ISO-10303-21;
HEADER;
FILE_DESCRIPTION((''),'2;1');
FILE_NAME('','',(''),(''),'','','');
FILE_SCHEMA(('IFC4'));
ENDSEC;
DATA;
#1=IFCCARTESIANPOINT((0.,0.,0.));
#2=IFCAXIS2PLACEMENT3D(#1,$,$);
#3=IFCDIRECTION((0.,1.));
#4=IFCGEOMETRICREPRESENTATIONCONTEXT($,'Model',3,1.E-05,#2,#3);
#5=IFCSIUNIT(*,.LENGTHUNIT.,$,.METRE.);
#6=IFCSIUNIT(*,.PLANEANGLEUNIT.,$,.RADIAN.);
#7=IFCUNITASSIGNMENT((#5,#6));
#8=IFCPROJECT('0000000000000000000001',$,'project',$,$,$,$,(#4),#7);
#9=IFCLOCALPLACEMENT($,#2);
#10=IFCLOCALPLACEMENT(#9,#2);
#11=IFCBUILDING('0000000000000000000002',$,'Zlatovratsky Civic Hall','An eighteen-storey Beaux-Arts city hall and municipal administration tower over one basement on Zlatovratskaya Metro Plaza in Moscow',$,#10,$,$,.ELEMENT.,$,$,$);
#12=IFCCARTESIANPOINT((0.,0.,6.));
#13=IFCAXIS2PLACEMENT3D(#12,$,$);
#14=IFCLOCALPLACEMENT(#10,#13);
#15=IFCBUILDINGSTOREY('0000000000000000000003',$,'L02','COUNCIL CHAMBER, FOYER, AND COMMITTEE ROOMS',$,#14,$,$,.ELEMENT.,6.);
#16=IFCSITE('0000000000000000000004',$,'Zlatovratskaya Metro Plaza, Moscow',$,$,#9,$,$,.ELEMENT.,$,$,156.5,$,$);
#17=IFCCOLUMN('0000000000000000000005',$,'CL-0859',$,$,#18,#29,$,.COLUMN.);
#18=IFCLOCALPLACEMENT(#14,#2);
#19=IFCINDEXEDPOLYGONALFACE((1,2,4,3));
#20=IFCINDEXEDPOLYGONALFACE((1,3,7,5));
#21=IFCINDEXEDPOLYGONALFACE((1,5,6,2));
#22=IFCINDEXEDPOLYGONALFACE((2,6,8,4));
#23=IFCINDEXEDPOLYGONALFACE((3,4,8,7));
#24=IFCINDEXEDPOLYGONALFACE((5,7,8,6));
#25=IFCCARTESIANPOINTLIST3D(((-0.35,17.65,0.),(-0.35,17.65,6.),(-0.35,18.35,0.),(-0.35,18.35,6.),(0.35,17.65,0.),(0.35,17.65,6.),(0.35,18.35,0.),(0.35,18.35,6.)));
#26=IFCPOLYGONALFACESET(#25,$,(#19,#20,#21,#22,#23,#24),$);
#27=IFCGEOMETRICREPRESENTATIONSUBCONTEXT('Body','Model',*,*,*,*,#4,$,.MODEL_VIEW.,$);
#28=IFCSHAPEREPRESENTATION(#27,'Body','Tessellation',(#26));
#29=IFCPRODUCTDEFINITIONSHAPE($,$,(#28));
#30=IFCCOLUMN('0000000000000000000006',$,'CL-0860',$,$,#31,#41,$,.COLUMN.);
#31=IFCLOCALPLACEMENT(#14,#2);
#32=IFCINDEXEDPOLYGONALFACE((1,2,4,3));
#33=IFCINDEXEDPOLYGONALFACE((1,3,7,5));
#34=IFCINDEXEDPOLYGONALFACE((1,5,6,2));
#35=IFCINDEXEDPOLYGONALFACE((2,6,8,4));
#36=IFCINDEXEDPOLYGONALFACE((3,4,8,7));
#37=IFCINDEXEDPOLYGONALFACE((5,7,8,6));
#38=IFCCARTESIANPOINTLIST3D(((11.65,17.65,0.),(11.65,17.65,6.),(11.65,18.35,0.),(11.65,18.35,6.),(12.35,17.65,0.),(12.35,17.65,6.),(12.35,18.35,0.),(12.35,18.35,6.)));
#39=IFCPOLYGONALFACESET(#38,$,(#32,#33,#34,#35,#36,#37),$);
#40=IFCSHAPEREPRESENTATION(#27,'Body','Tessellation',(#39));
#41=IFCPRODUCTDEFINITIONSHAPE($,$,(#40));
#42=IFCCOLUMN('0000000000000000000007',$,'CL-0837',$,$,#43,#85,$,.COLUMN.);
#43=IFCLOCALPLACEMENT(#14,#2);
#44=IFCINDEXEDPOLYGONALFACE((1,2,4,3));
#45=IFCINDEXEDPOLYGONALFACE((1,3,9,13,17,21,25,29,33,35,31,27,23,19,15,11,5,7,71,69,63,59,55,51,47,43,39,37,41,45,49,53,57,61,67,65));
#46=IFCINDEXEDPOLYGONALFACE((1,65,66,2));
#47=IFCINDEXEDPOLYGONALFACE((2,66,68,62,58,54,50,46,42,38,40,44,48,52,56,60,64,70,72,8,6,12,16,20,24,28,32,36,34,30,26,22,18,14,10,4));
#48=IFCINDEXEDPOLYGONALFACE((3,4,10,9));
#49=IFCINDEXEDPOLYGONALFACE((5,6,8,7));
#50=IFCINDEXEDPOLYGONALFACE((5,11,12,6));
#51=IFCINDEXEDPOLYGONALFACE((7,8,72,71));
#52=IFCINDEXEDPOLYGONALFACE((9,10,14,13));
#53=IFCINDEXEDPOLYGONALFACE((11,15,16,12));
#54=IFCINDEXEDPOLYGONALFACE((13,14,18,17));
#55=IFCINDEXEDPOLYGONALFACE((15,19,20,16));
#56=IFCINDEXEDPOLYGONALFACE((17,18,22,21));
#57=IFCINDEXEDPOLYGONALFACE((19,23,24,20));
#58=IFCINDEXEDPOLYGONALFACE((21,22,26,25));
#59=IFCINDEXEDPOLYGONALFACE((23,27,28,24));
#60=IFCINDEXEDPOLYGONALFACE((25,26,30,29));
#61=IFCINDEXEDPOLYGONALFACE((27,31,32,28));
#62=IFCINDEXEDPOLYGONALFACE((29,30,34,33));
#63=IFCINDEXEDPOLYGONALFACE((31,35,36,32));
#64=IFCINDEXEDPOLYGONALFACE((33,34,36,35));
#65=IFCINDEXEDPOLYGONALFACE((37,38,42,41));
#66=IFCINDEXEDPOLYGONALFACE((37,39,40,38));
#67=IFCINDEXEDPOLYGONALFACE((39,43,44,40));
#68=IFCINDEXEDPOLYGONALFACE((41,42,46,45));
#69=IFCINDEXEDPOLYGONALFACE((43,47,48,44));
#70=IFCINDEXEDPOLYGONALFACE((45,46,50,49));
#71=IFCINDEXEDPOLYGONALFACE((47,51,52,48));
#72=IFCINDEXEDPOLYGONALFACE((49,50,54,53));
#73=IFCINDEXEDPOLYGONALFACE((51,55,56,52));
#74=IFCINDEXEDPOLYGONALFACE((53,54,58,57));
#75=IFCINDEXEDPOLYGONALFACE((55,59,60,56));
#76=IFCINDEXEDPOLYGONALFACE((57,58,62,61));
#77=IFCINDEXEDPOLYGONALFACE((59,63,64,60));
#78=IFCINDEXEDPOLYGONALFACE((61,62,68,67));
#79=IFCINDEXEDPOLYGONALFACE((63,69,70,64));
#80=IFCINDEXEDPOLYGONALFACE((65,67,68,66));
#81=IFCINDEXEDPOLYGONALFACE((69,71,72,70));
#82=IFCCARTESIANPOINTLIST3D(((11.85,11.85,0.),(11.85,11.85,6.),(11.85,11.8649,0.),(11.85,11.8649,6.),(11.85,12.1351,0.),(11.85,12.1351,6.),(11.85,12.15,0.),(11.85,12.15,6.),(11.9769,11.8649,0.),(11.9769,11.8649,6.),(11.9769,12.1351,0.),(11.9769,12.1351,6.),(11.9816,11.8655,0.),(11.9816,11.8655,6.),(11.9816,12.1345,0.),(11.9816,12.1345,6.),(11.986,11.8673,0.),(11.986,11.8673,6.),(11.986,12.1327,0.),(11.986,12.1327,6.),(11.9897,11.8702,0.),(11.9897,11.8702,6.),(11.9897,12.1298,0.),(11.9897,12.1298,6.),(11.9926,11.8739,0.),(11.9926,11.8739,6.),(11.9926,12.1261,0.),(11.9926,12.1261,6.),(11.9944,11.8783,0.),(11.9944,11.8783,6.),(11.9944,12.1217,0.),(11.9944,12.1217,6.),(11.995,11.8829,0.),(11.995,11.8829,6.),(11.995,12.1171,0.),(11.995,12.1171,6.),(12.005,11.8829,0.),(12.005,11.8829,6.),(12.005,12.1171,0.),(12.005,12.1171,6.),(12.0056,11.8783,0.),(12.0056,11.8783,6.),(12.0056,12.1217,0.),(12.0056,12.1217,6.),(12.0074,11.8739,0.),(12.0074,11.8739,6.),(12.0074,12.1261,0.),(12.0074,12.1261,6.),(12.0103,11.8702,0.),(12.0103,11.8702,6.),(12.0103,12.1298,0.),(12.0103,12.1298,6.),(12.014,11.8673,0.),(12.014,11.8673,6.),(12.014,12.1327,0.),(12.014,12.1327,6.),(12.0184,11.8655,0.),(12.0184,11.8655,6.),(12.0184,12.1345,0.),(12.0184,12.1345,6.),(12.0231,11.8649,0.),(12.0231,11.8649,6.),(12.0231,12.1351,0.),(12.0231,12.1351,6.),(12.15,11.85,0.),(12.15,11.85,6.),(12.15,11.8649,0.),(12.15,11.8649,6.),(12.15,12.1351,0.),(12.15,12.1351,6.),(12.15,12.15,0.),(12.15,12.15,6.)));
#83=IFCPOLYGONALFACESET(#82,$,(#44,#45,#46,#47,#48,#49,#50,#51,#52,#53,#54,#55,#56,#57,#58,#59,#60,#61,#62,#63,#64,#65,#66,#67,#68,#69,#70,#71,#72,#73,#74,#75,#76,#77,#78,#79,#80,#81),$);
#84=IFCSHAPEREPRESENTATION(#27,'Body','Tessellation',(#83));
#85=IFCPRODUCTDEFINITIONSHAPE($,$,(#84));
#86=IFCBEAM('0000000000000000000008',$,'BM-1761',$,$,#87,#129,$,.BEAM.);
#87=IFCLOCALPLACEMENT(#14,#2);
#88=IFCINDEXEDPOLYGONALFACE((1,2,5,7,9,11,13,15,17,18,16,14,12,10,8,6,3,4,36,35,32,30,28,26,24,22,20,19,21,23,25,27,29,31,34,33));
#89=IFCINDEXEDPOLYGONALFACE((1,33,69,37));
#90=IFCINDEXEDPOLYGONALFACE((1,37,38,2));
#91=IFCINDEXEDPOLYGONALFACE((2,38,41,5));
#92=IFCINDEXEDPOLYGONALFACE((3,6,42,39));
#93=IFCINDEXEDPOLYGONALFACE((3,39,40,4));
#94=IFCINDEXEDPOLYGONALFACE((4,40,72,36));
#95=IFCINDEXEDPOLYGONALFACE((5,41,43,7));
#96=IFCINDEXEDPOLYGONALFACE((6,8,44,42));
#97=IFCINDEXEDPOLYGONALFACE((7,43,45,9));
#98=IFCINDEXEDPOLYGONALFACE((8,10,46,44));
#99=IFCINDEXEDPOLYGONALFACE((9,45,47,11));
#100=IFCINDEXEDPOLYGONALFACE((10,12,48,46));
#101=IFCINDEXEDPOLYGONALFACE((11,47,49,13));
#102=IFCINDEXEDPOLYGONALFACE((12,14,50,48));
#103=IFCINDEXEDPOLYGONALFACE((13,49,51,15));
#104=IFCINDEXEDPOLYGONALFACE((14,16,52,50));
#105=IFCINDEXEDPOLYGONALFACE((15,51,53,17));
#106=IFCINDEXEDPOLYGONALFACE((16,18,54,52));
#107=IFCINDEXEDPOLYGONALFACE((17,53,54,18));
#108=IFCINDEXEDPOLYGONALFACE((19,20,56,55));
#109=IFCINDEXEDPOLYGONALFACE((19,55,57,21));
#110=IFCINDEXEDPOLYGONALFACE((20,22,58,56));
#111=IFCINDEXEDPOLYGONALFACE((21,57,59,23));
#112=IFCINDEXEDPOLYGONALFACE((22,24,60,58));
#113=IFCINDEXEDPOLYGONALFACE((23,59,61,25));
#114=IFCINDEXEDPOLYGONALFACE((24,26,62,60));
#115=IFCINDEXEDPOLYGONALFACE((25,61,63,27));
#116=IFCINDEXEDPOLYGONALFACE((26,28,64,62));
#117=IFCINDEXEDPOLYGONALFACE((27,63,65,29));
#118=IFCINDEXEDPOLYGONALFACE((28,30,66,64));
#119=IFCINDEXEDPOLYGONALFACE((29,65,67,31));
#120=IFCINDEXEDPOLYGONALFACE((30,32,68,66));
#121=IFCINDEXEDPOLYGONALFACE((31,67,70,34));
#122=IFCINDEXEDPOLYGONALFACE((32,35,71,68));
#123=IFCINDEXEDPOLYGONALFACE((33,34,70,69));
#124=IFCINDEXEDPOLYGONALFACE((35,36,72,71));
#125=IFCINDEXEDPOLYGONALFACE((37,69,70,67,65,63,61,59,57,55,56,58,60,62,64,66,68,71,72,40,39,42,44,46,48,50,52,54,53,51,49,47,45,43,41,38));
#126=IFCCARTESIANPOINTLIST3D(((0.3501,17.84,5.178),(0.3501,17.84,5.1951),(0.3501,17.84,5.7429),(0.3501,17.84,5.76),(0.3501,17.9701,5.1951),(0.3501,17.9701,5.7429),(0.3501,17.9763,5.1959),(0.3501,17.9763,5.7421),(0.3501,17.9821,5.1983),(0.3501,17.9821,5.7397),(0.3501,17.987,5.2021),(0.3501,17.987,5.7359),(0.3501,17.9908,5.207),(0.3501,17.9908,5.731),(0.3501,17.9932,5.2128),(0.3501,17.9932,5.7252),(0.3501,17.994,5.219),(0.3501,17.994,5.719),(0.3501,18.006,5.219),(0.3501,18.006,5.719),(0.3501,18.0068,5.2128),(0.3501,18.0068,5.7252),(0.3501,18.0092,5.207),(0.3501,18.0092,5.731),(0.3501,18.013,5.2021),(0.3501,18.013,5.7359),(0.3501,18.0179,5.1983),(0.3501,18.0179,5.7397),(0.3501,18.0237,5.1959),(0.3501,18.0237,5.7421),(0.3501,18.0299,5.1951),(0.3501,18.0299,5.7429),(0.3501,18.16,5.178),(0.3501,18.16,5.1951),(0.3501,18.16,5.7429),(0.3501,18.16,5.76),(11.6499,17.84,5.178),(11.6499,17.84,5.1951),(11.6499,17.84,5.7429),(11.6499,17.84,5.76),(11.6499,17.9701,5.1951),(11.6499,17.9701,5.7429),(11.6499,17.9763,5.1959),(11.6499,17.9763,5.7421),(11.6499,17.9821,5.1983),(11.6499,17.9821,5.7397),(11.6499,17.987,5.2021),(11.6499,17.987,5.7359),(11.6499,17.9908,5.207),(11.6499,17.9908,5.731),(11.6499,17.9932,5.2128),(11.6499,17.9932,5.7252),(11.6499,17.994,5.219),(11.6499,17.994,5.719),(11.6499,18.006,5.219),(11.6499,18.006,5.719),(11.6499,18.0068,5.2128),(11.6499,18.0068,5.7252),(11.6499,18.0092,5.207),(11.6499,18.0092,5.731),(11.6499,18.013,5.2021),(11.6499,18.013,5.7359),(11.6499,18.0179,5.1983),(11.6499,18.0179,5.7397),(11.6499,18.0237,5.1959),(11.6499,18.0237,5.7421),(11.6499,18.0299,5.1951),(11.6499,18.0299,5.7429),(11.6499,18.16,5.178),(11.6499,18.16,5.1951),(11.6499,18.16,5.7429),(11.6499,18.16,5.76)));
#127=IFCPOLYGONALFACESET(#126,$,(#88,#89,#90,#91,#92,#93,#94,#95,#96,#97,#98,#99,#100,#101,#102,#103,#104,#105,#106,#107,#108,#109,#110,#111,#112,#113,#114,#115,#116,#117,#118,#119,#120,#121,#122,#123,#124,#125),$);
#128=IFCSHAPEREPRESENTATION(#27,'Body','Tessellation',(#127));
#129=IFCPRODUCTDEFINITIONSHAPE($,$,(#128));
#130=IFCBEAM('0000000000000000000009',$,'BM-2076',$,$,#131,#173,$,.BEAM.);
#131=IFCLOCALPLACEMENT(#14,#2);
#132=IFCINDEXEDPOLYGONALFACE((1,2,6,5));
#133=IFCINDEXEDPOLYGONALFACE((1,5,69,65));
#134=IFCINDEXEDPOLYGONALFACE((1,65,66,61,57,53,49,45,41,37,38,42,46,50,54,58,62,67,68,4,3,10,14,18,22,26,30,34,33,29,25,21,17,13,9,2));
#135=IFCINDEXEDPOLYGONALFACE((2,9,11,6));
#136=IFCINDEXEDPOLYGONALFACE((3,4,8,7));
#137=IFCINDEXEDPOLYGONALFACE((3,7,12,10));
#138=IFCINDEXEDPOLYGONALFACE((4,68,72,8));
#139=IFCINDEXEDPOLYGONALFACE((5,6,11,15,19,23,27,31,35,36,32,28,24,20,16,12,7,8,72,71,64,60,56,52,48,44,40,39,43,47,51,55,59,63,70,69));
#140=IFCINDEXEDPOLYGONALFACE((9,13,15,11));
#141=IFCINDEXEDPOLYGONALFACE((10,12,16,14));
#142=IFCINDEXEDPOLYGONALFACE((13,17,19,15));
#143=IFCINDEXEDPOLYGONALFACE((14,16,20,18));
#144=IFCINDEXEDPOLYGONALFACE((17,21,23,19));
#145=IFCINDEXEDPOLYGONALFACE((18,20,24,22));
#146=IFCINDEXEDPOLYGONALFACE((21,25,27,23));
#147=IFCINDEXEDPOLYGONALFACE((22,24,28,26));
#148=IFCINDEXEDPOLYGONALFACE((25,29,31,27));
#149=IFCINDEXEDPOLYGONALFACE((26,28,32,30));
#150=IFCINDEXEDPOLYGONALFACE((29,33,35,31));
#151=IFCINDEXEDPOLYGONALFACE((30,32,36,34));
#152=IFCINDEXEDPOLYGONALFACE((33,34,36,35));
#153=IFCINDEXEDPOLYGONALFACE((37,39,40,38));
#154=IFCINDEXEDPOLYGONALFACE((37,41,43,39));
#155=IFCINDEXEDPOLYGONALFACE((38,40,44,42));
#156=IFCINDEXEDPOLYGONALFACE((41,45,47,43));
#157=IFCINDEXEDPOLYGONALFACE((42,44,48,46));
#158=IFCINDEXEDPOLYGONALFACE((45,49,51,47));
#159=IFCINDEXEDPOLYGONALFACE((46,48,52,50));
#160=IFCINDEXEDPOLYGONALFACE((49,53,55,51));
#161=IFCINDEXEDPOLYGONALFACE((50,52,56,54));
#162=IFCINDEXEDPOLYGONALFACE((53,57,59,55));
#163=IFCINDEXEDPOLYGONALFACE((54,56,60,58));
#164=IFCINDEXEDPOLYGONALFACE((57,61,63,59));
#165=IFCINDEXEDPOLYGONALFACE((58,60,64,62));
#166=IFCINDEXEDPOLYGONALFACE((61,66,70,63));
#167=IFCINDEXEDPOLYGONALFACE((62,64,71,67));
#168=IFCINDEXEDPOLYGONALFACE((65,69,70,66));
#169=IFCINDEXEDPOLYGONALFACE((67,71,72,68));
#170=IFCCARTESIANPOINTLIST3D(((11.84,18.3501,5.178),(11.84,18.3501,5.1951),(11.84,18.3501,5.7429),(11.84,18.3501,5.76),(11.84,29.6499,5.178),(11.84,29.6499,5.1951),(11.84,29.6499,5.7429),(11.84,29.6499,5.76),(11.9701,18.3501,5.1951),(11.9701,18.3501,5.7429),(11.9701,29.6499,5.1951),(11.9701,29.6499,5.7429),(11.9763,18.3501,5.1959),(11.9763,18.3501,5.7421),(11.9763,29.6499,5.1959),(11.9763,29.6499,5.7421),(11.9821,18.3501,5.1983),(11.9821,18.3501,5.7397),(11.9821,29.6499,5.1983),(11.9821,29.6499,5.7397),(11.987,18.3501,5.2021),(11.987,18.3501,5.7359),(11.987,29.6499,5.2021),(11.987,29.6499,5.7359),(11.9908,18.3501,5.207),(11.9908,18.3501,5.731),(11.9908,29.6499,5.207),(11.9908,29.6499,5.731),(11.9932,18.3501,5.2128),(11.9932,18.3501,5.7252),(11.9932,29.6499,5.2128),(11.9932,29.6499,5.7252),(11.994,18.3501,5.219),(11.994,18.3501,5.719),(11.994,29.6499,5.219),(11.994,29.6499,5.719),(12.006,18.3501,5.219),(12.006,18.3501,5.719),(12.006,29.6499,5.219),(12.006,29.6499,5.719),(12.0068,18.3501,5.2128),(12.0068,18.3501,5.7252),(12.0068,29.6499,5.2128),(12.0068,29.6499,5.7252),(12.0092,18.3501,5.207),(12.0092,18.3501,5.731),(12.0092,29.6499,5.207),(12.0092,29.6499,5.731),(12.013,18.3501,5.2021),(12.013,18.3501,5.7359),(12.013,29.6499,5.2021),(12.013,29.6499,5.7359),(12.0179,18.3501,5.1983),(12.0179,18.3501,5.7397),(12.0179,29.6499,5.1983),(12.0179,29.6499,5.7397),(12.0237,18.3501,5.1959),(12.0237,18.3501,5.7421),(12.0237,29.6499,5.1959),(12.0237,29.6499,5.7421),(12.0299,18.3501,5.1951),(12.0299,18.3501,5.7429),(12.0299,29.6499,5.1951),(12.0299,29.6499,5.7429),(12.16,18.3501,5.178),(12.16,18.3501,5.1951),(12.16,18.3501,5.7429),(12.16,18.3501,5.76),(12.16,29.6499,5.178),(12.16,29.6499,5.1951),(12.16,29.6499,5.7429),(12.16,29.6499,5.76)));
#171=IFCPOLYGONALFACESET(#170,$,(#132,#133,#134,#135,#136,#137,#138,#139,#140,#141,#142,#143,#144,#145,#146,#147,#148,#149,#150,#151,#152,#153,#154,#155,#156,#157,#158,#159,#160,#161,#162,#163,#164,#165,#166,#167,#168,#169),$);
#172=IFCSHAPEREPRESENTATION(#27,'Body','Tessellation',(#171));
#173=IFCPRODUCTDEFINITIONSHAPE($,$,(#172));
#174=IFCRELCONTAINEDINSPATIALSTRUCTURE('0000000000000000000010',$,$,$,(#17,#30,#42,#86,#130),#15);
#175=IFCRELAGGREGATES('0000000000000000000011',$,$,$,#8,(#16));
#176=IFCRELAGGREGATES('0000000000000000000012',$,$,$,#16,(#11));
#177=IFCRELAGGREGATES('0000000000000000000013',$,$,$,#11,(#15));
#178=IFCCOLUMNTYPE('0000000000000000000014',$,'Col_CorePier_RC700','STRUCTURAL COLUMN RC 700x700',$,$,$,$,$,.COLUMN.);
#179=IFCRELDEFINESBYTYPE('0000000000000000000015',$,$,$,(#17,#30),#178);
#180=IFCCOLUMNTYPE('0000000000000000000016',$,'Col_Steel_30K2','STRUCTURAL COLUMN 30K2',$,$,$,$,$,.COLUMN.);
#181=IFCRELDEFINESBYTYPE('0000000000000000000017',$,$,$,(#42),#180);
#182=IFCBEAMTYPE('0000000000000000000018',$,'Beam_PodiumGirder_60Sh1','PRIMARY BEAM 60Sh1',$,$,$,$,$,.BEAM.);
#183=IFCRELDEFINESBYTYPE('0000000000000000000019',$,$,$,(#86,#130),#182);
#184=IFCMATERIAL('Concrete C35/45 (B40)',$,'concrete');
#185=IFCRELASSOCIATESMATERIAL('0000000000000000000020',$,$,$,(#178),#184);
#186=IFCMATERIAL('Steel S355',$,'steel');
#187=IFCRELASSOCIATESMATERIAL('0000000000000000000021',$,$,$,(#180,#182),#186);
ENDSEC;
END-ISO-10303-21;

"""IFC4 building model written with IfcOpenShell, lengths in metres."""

from ifc_helpers import new_model, si_unit, direction, frame, origin, origin_2d, place, context, subcontext, project, spatial, rectangle, i_section, extrude, material, material_profile, profile_set, type_object, element, save


model = new_model("IFC4")

# Units and contexts
model_context = context("Model", 3, precision=1e-05, world=origin(), true_north=direction((0.0, 1.0)))
body_context = subcontext(model_context, "Body", "Model", "MODEL_VIEW")
ifc_project = project(units=[si_unit("LENGTHUNIT", "METRE"), si_unit("PLANEANGLEUNIT", "RADIAN")], contexts=[model_context])

# Site, building, storey
site_placement = place(None, origin())
site = spatial("IfcSite", under=ifc_project, at=site_placement, Name="Zlatovratskaya Metro Plaza, Moscow", CompositionType="ELEMENT", RefElevation=156.5)
building_placement = place(site_placement, origin())
building = spatial("IfcBuilding", under=site, at=building_placement, Name="Zlatovratsky Civic Hall", Description="An eighteen-storey Beaux-Arts city hall and municipal administration tower over one basement on Zlatovratskaya Metro Plaza in Moscow", CompositionType="ELEMENT")
storey_placement = place(building_placement, frame((0.0, 0.0, 6.0)))
storey = spatial("IfcBuildingStorey", under=building, at=storey_placement, Name="L02", Description="COUNCIL CHAMBER, FOYER, AND COMMITTEE ROOMS", CompositionType="ELEMENT", Elevation=6.0)

# Columns
ifc_material_1 = material(Name="Concrete C35/45 (B40)", Category="concrete")
ifc_material_profile_1 = material_profile(ifc_material_1, rectangle(XDim=0.7, YDim=0.7, at=origin_2d()), Name="RC 700x700")
ifc_profile_set_1 = profile_set([ifc_material_profile_1], Name="Concrete C35/45 (B40)")
column_type_1 = type_object("IfcColumnType", Name="Col_CorePier_RC700", Description="STRUCTURAL COLUMN RC 700x700", PredefinedType="COLUMN", material=ifc_profile_set_1)
for number, where, z_axis, x_axis, name in (
    (1, (0.0, 18.0, 0.0), (0.0, 0.0, 1.0), (1.0, 0.0, 0.0), "CL-0859"),
    (2, (12.0, 18.0, 0.0), (0.0, 0.0, 1.0), (1.0, 0.0, 0.0), "CL-0860"),
):
    element("IfcColumn", number, at=place(storey_placement, frame(where, z_axis=z_axis, x_axis=x_axis)), inside=storey, type_object=column_type_1, Name=name, PredefinedType="COLUMN", context=body_context, shape_type="SweptSolid", body=[
        extrude(rectangle(XDim=0.7, YDim=0.7, at=origin_2d()), origin(), (0.0, 0.0, 1.0), 6.0),
    ])
ifc_material_2 = material(Name="Steel S355", Category="steel")
ifc_material_profile_2 = material_profile(ifc_material_2, i_section(OverallWidth=0.3, OverallDepth=0.3, WebThickness=0.01, FlangeThickness=0.0149, FilletRadius=0.0181, at=origin_2d()), Name="30K2")
ifc_profile_set_2 = profile_set([ifc_material_profile_2], Name="Steel S355")
column_type_2 = type_object("IfcColumnType", Name="Col_Steel_30K2", Description="STRUCTURAL COLUMN 30K2", PredefinedType="COLUMN", material=ifc_profile_set_2)
column_placement = place(storey_placement, frame((12.0, 12.0, 0.0), z_axis=(0.0, 0.0, 1.0), x_axis=(1.0, 0.0, 0.0)))
element("IfcColumn", 3, at=column_placement, inside=storey, type_object=column_type_2, Name="CL-0837", PredefinedType="COLUMN", context=body_context, shape_type="SweptSolid", body=[
    extrude(i_section(OverallWidth=0.3, OverallDepth=0.3, WebThickness=0.01, FlangeThickness=0.0149, FilletRadius=0.0181, at=origin_2d()), origin(), (0.0, 0.0, 1.0), 6.0),
])

# Beams
ifc_material_profile_3 = material_profile(ifc_material_2, i_section(OverallWidth=0.3201, OverallDepth=0.582, WebThickness=0.012, FlangeThickness=0.0171, FilletRadius=0.0239, at=origin_2d()), Name="60Sh1")
ifc_profile_set_3 = profile_set([ifc_material_profile_3], Name="Steel S355")
beam_type_1 = type_object("IfcBeamType", Name="Beam_PodiumGirder_60Sh1", Description="PRIMARY BEAM 60Sh1", PredefinedType="BEAM", material=ifc_profile_set_3)
for number, where, z_axis, x_axis, name in (
    (4, (0.3501, 18.0, 5.469), (1.0, 0.0, 0.0), (0.0, 1.0, 0.0), "BM-1761"),
    (5, (12.0, 18.3501, 5.469), (0.0, 1.0, 0.0), (-1.0, 0.0, 0.0), "BM-2076"),
):
    element("IfcBeam", number, at=place(storey_placement, frame(where, z_axis=z_axis, x_axis=x_axis)), inside=storey, type_object=beam_type_1, Name=name, PredefinedType="BEAM", context=body_context, shape_type="SweptSolid", body=[
        extrude(i_section(OverallWidth=0.3201, OverallDepth=0.582, WebThickness=0.012, FlangeThickness=0.0171, FilletRadius=0.0239, at=origin_2d()), origin(), (0.0, 0.0, 1.0), 11.2998),
    ])

save(model, "model.ifc")
